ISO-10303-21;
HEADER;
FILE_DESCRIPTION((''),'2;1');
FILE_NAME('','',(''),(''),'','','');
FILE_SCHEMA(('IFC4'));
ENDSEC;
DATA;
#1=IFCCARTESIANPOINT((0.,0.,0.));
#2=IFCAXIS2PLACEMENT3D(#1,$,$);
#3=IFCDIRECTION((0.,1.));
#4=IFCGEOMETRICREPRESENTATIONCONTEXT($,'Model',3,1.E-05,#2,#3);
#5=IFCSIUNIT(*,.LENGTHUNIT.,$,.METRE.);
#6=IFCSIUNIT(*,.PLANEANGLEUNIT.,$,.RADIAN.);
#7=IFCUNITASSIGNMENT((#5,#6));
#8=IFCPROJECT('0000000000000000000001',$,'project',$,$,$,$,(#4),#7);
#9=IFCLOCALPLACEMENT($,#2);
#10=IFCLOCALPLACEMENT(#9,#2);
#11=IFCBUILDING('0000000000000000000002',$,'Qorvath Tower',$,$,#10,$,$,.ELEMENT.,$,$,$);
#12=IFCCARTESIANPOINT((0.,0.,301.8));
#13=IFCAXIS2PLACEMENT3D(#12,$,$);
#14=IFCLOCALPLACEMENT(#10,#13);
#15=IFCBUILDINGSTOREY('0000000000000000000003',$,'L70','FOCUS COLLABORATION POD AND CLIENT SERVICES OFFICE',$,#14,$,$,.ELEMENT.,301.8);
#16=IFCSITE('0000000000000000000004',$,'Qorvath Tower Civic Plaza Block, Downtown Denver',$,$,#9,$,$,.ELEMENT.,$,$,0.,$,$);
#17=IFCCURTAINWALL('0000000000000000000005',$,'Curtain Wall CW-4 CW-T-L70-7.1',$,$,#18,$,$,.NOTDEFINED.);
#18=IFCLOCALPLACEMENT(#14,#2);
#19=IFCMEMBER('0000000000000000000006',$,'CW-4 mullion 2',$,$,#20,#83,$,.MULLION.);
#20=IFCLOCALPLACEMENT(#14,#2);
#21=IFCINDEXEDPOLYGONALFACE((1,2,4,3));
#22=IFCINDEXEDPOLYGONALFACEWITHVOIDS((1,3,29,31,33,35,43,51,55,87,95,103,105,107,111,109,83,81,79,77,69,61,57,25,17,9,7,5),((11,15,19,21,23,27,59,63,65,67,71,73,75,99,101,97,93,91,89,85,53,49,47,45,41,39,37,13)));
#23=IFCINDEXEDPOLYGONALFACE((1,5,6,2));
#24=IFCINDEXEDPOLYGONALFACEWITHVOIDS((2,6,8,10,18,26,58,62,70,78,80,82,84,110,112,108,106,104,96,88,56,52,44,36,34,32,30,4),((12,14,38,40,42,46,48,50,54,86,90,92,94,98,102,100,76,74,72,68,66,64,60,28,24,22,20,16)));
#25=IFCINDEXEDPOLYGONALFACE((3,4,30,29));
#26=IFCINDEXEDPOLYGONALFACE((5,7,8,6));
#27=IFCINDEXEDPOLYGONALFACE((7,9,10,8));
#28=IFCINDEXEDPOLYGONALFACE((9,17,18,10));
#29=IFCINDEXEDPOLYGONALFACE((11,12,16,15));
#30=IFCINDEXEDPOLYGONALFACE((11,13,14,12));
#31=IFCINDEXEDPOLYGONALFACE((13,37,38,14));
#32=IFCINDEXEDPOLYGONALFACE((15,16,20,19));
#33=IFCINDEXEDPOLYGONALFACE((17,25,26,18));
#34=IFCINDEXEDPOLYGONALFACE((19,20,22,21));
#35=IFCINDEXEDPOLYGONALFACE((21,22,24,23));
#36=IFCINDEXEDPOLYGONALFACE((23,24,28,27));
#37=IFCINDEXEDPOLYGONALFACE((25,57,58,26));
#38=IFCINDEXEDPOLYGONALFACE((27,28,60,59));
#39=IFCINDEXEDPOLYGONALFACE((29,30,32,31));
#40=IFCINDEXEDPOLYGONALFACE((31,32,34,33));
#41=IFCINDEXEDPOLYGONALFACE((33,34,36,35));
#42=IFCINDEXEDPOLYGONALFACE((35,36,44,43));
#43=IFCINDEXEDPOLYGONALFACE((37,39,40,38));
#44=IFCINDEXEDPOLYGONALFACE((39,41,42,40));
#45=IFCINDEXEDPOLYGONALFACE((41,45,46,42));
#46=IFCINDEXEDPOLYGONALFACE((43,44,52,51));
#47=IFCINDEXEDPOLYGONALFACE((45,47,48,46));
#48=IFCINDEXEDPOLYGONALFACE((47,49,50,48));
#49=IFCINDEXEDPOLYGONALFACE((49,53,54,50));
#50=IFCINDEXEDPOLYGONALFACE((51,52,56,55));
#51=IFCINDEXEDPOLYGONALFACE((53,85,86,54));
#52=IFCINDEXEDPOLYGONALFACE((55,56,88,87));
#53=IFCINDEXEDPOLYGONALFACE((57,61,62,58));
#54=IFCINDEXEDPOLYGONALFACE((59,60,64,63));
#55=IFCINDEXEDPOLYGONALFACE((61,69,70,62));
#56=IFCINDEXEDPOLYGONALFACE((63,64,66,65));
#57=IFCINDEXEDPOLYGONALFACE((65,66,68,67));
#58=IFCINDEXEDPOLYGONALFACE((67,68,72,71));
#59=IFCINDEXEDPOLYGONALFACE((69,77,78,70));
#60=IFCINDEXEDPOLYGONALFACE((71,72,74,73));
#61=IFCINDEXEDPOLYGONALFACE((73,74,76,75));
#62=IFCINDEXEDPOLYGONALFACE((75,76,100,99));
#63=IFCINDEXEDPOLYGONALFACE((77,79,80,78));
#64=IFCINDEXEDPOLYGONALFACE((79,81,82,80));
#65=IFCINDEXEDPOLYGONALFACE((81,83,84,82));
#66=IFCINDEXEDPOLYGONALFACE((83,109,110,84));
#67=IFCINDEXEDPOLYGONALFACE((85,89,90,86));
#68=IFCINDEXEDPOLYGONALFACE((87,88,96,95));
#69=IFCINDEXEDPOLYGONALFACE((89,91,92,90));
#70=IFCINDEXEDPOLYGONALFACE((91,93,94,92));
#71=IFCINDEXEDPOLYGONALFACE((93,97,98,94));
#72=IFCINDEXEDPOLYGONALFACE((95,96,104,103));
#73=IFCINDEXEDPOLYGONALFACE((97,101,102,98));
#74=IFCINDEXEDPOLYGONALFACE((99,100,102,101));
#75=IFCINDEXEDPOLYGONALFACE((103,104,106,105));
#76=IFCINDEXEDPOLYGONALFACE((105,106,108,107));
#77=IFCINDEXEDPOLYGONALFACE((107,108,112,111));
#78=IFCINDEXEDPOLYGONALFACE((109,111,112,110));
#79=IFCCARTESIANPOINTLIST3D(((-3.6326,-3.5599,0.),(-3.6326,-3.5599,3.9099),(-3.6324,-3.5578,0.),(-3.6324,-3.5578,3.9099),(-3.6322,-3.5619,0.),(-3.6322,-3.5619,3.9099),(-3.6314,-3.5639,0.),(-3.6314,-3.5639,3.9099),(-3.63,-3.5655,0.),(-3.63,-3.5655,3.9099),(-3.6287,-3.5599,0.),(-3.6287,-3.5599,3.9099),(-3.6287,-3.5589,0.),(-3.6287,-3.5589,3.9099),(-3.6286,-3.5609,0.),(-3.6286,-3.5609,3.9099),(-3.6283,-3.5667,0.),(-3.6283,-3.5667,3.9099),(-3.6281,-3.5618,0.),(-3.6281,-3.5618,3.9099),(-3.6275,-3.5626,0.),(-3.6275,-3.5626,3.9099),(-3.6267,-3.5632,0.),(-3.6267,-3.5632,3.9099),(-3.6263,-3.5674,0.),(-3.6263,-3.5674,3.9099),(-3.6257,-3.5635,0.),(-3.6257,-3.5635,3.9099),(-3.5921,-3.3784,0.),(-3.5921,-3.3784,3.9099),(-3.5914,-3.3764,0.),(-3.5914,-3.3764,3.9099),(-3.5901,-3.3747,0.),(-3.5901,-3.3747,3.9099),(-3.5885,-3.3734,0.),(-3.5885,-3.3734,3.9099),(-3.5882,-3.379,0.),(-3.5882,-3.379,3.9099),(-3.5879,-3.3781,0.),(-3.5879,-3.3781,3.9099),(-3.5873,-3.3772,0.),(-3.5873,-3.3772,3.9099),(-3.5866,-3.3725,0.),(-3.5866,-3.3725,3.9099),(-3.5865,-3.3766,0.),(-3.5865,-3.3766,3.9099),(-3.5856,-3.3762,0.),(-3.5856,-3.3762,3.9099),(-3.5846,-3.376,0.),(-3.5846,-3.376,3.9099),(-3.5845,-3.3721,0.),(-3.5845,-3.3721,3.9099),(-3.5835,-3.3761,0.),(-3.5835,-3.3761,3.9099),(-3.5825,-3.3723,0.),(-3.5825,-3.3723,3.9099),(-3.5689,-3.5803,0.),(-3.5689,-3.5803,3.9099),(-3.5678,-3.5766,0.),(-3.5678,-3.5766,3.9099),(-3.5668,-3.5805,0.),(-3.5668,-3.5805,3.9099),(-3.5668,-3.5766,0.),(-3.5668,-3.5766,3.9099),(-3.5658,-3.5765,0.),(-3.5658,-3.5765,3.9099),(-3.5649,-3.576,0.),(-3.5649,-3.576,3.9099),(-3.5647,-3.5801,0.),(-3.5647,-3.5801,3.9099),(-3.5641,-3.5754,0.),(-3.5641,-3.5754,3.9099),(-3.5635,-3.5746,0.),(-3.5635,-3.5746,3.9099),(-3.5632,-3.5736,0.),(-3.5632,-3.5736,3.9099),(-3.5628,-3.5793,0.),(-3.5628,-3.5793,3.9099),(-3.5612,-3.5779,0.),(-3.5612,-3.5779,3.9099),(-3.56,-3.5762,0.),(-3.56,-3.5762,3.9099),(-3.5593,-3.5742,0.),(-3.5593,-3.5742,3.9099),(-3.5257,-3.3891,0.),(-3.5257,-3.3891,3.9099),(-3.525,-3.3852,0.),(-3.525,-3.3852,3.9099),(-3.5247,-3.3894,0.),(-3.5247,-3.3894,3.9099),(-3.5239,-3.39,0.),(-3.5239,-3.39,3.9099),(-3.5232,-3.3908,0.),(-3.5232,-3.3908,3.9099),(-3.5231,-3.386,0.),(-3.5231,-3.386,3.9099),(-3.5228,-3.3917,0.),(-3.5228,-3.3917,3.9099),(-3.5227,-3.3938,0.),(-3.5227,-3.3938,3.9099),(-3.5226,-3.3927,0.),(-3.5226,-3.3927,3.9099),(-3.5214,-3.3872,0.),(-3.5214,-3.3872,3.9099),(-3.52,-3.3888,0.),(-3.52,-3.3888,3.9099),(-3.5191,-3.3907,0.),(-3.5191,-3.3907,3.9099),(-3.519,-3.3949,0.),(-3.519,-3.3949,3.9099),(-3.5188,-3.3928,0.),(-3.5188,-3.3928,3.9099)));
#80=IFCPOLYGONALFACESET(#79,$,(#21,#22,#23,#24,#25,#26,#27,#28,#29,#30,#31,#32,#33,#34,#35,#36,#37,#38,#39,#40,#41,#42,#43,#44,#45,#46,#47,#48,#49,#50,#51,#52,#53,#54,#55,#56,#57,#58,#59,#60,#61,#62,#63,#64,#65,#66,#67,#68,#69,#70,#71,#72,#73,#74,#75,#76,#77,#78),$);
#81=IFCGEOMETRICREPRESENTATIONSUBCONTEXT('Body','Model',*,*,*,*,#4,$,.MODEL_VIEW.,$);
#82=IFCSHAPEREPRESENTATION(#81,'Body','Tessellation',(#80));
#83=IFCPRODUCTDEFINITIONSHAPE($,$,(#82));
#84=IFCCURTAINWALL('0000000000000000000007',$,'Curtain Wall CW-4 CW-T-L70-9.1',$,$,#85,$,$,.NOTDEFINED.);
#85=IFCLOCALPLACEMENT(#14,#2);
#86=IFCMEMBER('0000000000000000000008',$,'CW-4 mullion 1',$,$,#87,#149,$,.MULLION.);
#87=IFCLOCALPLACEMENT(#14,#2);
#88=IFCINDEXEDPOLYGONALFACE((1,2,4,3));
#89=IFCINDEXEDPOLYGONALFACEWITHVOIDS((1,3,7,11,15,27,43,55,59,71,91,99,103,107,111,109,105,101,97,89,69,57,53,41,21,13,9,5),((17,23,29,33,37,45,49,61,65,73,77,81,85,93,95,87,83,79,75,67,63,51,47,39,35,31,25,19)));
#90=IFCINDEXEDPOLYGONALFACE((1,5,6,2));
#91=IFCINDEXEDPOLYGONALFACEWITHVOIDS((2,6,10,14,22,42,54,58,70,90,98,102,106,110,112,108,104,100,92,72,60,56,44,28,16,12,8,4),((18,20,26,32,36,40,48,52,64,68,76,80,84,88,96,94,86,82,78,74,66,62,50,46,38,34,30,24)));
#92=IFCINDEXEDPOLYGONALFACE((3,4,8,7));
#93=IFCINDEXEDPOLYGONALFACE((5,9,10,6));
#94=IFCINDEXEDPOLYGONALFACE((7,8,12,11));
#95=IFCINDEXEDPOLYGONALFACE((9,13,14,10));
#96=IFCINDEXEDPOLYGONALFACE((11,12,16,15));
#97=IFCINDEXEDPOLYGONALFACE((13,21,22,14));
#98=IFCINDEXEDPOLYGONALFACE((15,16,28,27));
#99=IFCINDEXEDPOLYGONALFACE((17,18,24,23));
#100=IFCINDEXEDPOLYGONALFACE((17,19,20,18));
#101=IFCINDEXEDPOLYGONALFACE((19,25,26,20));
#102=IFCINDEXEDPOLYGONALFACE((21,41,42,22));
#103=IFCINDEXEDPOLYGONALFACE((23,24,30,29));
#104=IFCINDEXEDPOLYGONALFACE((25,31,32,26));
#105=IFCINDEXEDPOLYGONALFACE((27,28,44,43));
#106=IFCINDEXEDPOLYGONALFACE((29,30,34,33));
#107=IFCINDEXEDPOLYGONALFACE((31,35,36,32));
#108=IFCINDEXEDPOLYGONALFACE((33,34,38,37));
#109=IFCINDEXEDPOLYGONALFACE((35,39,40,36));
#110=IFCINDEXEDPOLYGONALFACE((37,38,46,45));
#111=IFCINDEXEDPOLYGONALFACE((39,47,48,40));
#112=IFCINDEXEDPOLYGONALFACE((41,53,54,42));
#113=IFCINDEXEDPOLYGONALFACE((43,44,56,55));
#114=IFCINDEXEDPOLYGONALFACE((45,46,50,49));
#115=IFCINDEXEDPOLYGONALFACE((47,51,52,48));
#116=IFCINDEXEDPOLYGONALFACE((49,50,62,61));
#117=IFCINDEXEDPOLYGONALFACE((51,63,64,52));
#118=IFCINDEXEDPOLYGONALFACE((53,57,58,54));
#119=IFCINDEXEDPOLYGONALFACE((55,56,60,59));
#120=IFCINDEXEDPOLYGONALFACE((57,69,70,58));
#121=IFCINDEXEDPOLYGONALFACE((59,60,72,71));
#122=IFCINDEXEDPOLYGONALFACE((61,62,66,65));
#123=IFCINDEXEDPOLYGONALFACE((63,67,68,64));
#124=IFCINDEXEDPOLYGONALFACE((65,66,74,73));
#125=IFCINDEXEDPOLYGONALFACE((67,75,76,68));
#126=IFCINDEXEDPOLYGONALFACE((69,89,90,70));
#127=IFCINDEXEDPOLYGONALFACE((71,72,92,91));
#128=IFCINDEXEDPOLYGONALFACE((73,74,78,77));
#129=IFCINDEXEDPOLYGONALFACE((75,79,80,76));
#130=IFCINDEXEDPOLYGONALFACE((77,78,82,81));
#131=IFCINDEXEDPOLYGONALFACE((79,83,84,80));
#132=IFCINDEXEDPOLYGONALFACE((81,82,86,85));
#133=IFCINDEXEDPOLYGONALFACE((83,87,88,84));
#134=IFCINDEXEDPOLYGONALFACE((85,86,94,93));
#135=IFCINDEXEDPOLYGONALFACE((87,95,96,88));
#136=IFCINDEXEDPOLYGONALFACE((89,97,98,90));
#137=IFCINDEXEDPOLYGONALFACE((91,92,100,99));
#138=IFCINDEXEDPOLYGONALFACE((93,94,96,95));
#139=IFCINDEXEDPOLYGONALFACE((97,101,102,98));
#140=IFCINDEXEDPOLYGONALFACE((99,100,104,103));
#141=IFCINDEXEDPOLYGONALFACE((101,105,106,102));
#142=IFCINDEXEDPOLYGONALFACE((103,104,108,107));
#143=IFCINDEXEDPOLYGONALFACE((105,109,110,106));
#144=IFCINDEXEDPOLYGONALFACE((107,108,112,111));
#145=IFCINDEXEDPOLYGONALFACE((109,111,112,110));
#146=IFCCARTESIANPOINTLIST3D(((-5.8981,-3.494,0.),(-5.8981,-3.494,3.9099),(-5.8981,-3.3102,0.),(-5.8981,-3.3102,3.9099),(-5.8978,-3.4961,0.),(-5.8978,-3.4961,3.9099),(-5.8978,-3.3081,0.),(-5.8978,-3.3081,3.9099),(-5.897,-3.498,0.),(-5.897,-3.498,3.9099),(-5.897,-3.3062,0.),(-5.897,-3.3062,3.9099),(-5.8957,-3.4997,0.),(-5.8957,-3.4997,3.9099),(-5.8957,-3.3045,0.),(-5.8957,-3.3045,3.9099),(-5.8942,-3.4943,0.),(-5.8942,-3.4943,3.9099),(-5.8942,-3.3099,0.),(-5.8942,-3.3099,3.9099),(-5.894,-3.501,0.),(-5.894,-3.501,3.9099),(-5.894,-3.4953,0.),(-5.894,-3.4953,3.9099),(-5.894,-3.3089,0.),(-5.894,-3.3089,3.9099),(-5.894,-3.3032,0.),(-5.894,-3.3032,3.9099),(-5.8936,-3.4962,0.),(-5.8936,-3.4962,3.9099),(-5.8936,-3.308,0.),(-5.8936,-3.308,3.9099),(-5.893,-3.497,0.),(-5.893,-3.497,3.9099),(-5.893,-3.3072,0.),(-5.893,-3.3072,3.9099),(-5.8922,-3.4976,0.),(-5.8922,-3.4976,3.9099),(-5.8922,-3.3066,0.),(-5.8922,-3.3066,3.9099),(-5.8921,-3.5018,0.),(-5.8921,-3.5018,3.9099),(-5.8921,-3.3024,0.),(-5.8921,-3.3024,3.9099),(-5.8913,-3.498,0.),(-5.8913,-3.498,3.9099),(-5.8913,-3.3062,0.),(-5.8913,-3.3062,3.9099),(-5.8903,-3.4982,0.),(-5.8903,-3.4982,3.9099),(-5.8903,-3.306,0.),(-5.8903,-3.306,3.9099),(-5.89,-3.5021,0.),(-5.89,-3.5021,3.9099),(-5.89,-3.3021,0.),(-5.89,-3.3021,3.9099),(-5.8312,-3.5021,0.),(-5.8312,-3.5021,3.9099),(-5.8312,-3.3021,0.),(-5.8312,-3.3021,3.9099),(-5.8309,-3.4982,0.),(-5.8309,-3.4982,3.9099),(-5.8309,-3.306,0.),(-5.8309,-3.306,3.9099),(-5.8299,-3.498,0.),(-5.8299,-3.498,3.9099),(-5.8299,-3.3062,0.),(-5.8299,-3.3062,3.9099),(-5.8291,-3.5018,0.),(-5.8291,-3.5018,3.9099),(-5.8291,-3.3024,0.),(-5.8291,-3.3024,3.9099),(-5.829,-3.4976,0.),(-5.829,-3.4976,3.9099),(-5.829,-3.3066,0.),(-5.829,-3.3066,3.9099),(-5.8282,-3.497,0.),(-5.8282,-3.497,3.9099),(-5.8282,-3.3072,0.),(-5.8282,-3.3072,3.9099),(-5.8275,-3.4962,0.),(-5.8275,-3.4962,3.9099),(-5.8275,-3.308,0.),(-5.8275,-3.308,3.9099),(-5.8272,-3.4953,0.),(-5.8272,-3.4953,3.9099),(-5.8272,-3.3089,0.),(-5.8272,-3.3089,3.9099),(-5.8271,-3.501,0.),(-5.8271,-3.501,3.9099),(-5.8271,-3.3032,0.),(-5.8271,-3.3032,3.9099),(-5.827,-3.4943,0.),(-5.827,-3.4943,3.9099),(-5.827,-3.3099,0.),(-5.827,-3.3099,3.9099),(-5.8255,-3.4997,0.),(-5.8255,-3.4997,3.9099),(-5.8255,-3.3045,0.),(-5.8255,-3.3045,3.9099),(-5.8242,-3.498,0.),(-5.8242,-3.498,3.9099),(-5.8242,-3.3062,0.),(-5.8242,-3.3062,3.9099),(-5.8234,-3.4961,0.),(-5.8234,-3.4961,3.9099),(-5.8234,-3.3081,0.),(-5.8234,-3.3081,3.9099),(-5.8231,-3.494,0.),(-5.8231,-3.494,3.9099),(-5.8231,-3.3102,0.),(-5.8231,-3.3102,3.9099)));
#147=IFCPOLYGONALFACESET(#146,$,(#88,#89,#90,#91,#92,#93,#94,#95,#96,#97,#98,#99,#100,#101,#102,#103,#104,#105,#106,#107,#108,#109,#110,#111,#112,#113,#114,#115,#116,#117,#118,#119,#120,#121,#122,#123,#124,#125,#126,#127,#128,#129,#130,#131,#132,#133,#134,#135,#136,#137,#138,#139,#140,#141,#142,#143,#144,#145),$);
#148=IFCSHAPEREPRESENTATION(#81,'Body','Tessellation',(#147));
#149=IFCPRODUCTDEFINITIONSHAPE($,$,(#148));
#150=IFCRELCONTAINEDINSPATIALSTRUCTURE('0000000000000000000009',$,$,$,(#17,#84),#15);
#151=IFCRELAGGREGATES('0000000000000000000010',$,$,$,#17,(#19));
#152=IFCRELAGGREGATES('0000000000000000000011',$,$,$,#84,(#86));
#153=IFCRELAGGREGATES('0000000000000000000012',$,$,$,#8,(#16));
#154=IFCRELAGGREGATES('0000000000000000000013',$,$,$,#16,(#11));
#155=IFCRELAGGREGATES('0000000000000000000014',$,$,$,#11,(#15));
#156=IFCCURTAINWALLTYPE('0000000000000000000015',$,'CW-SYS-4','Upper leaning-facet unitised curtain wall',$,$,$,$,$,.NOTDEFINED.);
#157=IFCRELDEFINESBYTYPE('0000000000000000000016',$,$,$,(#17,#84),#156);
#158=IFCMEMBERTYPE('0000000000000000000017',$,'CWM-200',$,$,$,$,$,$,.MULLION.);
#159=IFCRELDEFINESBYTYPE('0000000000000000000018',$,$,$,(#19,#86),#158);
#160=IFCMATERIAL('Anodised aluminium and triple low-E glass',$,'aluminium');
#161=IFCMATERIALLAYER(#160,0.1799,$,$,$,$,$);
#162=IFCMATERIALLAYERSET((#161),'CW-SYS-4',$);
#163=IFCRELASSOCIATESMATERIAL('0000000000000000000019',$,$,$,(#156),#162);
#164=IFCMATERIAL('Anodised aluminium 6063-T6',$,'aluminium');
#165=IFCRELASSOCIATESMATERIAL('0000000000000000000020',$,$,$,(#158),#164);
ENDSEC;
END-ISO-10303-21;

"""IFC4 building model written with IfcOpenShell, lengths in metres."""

from ifc_helpers import new_model, si_unit, direction, frame, origin, origin_2d, place, context, subcontext, project, spatial, hollow_rectangle, extrude, material, layer, layer_set, material_profile, profile_set, type_object, element, aggregate, save


model = new_model("IFC4")

# Units and contexts
model_context = context("Model", 3, precision=1e-05, world=origin(), true_north=direction((0.0, 1.0)))
body_context = subcontext(model_context, "Body", "Model", "MODEL_VIEW")
ifc_project = project(units=[si_unit("LENGTHUNIT", "METRE"), si_unit("PLANEANGLEUNIT", "RADIAN")], contexts=[model_context])

# Site, building, storey
site_placement = place(None, origin())
site = spatial("IfcSite", under=ifc_project, at=site_placement, Name="Qorvath Tower Civic Plaza Block, Downtown Denver", CompositionType="ELEMENT", RefElevation=0.0)
building_placement = place(site_placement, origin())
building = spatial("IfcBuilding", under=site, at=building_placement, Name="Qorvath Tower", CompositionType="ELEMENT")
storey_placement = place(building_placement, frame((0.0, 0.0, 301.8)))
storey = spatial("IfcBuildingStorey", under=building, at=storey_placement, Name="L70", Description="FOCUS COLLABORATION POD AND CLIENT SERVICES OFFICE", CompositionType="ELEMENT", Elevation=301.8)

# Curtain wall, member
ifc_material_1 = material(Name="Anodised aluminium and triple low-E glass", Category="aluminium")
ifc_layer_1 = layer(ifc_material_1, 0.1799)
ifc_layer_set_1 = layer_set([ifc_layer_1], Name="CW-SYS-4")
curtain_wall_type = type_object("IfcCurtainWallType", Name="CW-SYS-4", Description="Upper leaning-facet unitised curtain wall", PredefinedType="NOTDEFINED", material=ifc_layer_set_1)
curtain_wall_1_placement = place(storey_placement, origin())
curtain_wall_1 = element("IfcCurtainWall", 1, at=curtain_wall_1_placement, inside=storey, type_object=curtain_wall_type, Name="Curtain Wall CW-4 CW-T-L70-7.1", PredefinedType="NOTDEFINED")
ifc_material_2 = material(Name="Anodised aluminium 6063-T6", Category="aluminium")
ifc_material_profile_1 = material_profile(ifc_material_2, hollow_rectangle(XDim=0.075, YDim=0.2, WallThickness=0.0039, InnerFilletRadius=0.0039, OuterFilletRadius=0.0081, at=origin_2d()), Name="CWM 200x75")
ifc_profile_set_1 = profile_set([ifc_material_profile_1], Name="Anodised aluminium 6063-T6")
member_type_1 = type_object("IfcMemberType", Name="CWM-200", PredefinedType="MULLION", material=ifc_profile_set_1)
member_1_placement = place(storey_placement, frame((-3.5757, -3.4763, 0.0), z_axis=(0.0, 0.0, 1.0), x_axis=(-0.975637, 0.219389, 0.0)))
member_1 = element("IfcMember", 2, at=member_1_placement, type_object=member_type_1, Name="CW-4 mullion 2", PredefinedType="MULLION", context=body_context, shape_type="SweptSolid", body=[
    extrude(hollow_rectangle(XDim=0.075, YDim=0.2, WallThickness=0.0039, InnerFilletRadius=0.0039, OuterFilletRadius=0.0081, at=origin_2d()), origin(), (0.0, 0.0, 1.0), 3.9099),
])
aggregate(curtain_wall_1, [member_1])

# Curtain wall, member
curtain_wall_2_placement = place(storey_placement, origin())
curtain_wall_2 = element("IfcCurtainWall", 3, at=curtain_wall_2_placement, inside=storey, type_object=curtain_wall_type, Name="Curtain Wall CW-4 CW-T-L70-9.1", PredefinedType="NOTDEFINED")
member_2_placement = place(storey_placement, frame((-5.8606, -3.4021, 0.0), z_axis=(0.0, 0.0, 1.0), x_axis=(-1.0, 0.0, 0.0)))
member_2 = element("IfcMember", 4, at=member_2_placement, type_object=member_type_1, Name="CW-4 mullion 1", PredefinedType="MULLION", context=body_context, shape_type="SweptSolid", body=[
    extrude(hollow_rectangle(XDim=0.075, YDim=0.2, WallThickness=0.0039, InnerFilletRadius=0.0039, OuterFilletRadius=0.0081, at=origin_2d()), origin(), (0.0, 0.0, 1.0), 3.9099),
])
aggregate(curtain_wall_2, [member_2])

save(model, "model.ifc")
